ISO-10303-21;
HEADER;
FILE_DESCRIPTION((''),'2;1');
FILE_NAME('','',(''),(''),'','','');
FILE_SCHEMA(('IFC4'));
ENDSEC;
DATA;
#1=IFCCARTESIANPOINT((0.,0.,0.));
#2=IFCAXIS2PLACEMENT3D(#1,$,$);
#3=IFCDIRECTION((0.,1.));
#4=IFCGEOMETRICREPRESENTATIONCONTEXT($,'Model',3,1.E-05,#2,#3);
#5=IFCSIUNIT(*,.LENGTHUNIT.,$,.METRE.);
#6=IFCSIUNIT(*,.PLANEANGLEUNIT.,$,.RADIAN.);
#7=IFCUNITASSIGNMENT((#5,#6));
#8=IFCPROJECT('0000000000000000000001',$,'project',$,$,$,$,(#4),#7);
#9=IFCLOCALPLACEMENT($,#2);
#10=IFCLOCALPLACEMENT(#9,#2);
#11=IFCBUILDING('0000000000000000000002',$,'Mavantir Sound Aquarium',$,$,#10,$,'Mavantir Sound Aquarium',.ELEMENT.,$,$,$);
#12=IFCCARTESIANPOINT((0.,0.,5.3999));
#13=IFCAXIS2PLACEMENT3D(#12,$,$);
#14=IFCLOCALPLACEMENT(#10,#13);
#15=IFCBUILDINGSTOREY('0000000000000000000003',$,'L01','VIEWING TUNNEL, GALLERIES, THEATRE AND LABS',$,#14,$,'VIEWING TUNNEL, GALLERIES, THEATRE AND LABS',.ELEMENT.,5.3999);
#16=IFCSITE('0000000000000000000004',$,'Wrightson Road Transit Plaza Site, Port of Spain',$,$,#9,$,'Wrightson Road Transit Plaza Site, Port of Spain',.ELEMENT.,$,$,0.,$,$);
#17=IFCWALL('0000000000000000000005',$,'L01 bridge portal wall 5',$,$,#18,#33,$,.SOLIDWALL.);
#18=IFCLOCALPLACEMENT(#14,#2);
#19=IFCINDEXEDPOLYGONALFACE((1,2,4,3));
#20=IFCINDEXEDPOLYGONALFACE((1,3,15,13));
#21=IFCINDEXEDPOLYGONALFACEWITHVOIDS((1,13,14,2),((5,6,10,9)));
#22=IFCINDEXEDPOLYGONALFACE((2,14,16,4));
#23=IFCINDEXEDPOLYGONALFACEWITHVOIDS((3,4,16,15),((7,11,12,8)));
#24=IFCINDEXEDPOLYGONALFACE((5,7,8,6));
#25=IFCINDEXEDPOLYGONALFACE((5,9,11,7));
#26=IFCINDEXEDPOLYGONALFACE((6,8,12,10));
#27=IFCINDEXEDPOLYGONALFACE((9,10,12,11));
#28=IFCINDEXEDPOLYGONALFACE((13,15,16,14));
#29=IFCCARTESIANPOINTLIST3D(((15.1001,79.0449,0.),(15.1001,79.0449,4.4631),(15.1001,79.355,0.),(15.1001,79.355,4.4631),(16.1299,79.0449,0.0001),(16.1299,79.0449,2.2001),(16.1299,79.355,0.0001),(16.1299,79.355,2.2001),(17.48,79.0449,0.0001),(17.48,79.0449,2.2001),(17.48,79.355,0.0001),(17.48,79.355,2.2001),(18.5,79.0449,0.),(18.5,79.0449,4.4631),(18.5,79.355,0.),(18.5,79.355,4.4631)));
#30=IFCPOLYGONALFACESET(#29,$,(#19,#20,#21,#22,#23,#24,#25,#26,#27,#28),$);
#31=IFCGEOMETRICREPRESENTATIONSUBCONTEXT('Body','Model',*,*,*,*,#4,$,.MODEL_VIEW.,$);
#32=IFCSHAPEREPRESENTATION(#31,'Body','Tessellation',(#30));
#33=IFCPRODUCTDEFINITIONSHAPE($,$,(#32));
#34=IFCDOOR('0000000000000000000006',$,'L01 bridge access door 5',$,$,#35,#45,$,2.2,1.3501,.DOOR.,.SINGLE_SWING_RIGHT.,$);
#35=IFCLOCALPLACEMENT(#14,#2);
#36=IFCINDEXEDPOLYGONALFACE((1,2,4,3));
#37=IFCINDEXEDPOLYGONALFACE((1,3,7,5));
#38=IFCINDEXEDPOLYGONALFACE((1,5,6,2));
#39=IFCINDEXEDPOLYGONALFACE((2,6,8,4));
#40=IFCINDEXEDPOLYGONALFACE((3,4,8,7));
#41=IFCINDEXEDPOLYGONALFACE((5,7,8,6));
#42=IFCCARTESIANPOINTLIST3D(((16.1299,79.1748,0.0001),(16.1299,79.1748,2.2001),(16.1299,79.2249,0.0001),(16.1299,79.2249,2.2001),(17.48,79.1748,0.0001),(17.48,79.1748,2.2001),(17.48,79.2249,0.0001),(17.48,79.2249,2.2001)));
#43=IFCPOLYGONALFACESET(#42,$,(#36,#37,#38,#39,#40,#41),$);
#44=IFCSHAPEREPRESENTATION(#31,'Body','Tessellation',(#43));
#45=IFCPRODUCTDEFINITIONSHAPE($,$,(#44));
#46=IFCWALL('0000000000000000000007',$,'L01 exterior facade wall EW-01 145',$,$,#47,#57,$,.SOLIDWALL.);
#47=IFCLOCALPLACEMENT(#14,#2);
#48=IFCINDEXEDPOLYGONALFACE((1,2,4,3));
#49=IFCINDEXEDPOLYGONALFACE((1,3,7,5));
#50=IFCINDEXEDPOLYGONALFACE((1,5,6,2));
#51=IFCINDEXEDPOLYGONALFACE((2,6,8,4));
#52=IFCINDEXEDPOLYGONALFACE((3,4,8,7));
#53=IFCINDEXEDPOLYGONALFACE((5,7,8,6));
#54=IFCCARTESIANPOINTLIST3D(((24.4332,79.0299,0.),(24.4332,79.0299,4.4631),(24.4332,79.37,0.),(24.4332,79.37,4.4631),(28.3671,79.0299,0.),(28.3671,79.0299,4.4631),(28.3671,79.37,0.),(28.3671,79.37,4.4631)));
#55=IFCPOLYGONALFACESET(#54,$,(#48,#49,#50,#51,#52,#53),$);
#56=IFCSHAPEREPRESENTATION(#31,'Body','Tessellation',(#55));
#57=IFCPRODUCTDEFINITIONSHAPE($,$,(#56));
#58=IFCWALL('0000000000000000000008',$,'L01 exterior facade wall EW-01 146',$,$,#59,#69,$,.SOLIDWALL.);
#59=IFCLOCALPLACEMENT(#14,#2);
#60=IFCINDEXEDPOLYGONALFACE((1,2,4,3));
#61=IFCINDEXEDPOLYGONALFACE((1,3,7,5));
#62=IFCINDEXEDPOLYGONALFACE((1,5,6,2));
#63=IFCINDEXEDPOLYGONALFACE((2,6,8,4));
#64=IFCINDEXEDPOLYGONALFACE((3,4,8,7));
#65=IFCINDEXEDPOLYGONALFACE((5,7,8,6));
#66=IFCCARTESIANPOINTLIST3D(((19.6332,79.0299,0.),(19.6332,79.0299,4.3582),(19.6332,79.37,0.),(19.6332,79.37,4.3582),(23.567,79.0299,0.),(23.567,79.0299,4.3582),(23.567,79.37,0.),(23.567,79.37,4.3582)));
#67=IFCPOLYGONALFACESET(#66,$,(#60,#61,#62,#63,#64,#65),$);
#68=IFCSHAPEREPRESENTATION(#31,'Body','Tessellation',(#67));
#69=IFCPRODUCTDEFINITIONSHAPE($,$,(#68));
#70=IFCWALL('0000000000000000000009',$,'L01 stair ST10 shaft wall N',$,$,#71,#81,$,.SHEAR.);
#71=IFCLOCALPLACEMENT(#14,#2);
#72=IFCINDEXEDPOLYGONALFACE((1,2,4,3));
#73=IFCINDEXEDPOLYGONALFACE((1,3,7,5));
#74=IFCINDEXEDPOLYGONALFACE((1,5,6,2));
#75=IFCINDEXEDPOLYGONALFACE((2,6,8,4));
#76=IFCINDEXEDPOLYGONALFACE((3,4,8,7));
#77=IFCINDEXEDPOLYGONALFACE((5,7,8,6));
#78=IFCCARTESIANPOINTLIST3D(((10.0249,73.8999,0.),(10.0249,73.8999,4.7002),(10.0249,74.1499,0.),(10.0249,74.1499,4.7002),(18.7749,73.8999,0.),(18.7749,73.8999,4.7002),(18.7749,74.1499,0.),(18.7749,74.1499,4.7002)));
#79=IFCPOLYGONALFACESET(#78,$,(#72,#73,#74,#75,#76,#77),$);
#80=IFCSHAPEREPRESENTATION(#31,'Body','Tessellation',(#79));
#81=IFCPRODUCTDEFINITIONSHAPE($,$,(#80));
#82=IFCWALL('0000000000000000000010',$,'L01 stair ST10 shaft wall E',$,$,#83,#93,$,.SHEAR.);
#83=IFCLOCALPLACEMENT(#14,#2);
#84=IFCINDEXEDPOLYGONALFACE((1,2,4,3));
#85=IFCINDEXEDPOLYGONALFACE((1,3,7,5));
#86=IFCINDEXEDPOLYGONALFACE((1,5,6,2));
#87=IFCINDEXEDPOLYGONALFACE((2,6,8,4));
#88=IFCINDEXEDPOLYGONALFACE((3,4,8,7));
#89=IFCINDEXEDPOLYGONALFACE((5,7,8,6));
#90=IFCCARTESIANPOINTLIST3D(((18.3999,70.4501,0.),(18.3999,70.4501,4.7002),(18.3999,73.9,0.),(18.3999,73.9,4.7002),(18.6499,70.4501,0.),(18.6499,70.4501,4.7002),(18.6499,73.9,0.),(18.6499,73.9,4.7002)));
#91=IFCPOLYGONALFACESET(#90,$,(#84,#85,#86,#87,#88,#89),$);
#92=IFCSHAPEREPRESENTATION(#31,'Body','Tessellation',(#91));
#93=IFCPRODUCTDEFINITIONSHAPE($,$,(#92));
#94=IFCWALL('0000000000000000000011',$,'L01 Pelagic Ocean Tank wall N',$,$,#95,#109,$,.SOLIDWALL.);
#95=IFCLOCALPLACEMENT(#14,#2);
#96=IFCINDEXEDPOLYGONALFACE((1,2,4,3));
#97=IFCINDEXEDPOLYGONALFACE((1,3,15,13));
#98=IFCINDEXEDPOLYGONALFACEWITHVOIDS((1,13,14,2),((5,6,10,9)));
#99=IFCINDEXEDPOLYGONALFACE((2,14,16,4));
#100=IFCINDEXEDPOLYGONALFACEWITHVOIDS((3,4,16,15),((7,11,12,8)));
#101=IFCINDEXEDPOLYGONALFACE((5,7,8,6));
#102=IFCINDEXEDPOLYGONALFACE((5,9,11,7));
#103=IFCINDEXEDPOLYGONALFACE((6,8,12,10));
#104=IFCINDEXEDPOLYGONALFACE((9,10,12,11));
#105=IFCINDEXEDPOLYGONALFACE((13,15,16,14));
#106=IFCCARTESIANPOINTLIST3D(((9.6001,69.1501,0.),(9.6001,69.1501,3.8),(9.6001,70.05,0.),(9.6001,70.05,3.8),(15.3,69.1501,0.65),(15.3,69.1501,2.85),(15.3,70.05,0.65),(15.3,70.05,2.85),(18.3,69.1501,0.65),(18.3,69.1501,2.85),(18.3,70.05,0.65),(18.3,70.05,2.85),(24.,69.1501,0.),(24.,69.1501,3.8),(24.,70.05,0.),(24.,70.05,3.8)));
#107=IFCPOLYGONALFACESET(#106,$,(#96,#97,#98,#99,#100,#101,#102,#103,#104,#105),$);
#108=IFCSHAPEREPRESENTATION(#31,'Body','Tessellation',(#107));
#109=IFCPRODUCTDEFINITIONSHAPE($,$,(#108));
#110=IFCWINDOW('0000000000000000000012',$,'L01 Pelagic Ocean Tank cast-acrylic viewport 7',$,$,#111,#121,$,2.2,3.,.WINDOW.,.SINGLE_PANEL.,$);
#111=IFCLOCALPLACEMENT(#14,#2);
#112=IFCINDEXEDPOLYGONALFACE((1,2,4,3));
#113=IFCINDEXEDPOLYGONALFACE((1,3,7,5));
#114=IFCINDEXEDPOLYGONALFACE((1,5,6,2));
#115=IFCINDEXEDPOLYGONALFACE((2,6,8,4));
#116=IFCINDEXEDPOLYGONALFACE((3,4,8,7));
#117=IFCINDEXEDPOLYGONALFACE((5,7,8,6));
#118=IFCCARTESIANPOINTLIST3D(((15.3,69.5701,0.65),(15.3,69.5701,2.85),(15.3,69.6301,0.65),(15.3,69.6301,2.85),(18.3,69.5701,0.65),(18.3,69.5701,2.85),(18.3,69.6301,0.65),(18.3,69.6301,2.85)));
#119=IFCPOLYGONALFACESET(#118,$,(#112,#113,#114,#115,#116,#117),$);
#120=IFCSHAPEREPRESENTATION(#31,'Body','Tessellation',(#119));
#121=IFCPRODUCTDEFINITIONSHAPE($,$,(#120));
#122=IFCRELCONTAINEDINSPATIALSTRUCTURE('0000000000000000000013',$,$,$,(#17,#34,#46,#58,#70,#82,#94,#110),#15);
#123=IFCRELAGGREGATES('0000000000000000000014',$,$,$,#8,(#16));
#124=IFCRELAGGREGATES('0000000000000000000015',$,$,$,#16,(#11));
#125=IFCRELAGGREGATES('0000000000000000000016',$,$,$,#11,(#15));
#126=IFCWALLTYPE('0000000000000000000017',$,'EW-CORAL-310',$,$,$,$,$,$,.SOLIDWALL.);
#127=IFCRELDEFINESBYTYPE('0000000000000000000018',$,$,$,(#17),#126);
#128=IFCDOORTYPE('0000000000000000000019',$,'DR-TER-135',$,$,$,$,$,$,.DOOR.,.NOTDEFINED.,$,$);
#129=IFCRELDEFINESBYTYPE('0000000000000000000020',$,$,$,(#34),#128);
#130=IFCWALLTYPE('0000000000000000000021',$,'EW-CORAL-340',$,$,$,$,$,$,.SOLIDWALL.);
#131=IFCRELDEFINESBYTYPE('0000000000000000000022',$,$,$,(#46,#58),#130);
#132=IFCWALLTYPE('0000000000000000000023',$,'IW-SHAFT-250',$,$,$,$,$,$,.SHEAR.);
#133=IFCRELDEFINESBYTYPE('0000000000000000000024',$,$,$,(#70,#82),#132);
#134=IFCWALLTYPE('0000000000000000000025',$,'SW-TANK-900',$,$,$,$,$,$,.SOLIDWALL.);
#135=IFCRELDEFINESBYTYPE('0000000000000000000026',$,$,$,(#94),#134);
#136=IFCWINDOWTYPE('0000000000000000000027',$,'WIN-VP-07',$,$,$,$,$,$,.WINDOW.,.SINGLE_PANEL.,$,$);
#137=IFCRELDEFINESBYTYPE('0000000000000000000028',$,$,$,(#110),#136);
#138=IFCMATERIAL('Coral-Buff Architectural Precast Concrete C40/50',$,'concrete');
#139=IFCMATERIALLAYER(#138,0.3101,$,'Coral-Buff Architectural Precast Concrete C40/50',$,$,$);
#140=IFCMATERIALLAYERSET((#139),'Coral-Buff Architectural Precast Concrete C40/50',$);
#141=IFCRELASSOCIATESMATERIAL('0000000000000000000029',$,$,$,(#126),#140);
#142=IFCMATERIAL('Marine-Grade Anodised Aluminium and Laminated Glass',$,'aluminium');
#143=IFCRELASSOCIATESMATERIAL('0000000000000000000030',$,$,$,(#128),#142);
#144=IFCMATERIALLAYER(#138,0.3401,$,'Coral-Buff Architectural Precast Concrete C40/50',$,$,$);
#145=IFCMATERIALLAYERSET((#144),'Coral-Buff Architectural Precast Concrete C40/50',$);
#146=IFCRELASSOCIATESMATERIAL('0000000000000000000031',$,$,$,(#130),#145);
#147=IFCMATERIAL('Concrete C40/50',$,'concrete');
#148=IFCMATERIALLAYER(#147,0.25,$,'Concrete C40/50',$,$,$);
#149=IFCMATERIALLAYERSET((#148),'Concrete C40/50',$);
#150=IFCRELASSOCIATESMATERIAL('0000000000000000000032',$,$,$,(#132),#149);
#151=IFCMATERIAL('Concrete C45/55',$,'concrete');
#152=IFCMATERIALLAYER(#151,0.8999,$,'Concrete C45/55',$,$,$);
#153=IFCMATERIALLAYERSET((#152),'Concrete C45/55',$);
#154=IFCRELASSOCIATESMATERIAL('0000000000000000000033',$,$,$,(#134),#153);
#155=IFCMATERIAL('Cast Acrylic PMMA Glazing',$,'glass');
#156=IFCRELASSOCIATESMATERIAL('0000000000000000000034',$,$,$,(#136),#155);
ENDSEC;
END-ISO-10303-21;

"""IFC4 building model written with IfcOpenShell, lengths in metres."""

from ifc_helpers import new_model, si_unit, direction, frame, frame_2d, origin, place, context, subcontext, project, spatial, rectangle, extrude, material, layer, layer_set, type_object, element, fill, save


model = new_model("IFC4")

# Units and contexts
model_context = context("Model", 3, precision=1e-05, world=origin(), true_north=direction((0.0, 1.0)))
body_context = subcontext(model_context, "Body", "Model", "MODEL_VIEW")
ifc_project = project(units=[si_unit("LENGTHUNIT", "METRE"), si_unit("PLANEANGLEUNIT", "RADIAN")], contexts=[model_context])

# Site, building, storey
site_placement = place(None, origin())
site = spatial("IfcSite", under=ifc_project, at=site_placement, Name="Wrightson Road Transit Plaza Site, Port of Spain", LongName="Wrightson Road Transit Plaza Site, Port of Spain", CompositionType="ELEMENT", RefElevation=0.0)
building_placement = place(site_placement, origin())
building = spatial("IfcBuilding", under=site, at=building_placement, Name="Mavantir Sound Aquarium", LongName="Mavantir Sound Aquarium", CompositionType="ELEMENT")
storey_placement = place(building_placement, frame((0.0, 0.0, 5.3999)))
storey = spatial("IfcBuildingStorey", under=building, at=storey_placement, Name="L01", Description="VIEWING TUNNEL, GALLERIES, THEATRE AND LABS", LongName="VIEWING TUNNEL, GALLERIES, THEATRE AND LABS", CompositionType="ELEMENT", Elevation=5.3999)

# Shared definitions
ifc_material_1 = material(Name="Concrete C40/50", Category="concrete")

# Wall, opening, door
ifc_material_2 = material(Name="Coral-Buff Architectural Precast Concrete C40/50", Category="concrete")
ifc_layer_1 = layer(ifc_material_2, 0.3101, Name="Coral-Buff Architectural Precast Concrete C40/50")
ifc_layer_set_1 = layer_set([ifc_layer_1], Name="Coral-Buff Architectural Precast Concrete C40/50")
wall_type_1 = type_object("IfcWallType", Name="EW-CORAL-310", PredefinedType="SOLIDWALL", material=ifc_layer_set_1)
wall_1_placement = place(storey_placement, frame((18.5, 79.2, 0.0), z_axis=(0.0, 0.0, 1.0), x_axis=(-1.0, 0.0, 0.0)))
wall_1 = element("IfcWall", 1, at=wall_1_placement, inside=storey, type_object=wall_type_1, Name="L01 bridge portal wall 5", PredefinedType="SOLIDWALL", context=body_context, shape_type="SweptSolid", body=[
    extrude(rectangle(XDim=3.3999, YDim=0.3101, at=frame_2d((1.7, 0.0))), origin(), (0.0, 0.0, 1.0), 4.4631),
])
opening_1_placement = place(wall_1_placement, frame((2.3701, 0.0, 0.0), z_axis=(0.0, 0.0, 1.0), x_axis=(-1.0, 0.0, 0.0)))
opening_1 = element("IfcOpeningElement", 2, at=opening_1_placement, cuts=wall_1, PredefinedType="OPENING", context=body_context, shape_type="SweptSolid", body=[
    extrude(rectangle(XDim=1.3501, YDim=2.2, at=frame_2d((0.675, 1.1001))), frame((0.0, 0.165, 0.0), z_axis=(0.0, -1.0, 0.0), x_axis=(1.0, 0.0, 0.0)), (0.0, 0.0, 1.0), 0.3301),
])
ifc_material_3 = material(Name="Marine-Grade Anodised Aluminium and Laminated Glass", Category="aluminium")
door_type = type_object("IfcDoorType", Name="DR-TER-135", OperationType="NOTDEFINED", PredefinedType="DOOR", material=ifc_material_3)
door_placement = place(opening_1_placement, origin())
door = element("IfcDoor", 3, at=door_placement, inside=storey, type_object=door_type, Name="L01 bridge access door 5", OperationType="SINGLE_SWING_RIGHT", OverallHeight=2.2, OverallWidth=1.3501, PredefinedType="DOOR", context=body_context, shape_type="SweptSolid", body=[
    extrude(rectangle(XDim=1.3501, YDim=2.2, at=frame_2d((0.675, 1.1001))), frame((0.0, 0.0249, 0.0), z_axis=(0.0, -1.0, 0.0), x_axis=(1.0, 0.0, 0.0)), (0.0, 0.0, 1.0), 0.05),
])
fill(opening_1, door)

# Walls
ifc_layer_2 = layer(ifc_material_2, 0.3401, Name="Coral-Buff Architectural Precast Concrete C40/50")
ifc_layer_set_2 = layer_set([ifc_layer_2], Name="Coral-Buff Architectural Precast Concrete C40/50")
wall_type_2 = type_object("IfcWallType", Name="EW-CORAL-340", PredefinedType="SOLIDWALL", material=ifc_layer_set_2)
wall_2_placement = place(storey_placement, frame((28.3669, 79.2, 0.0), z_axis=(0.0, 0.0, 1.0), x_axis=(-1.0, 0.0, 0.0)))
element("IfcWall", 4, at=wall_2_placement, inside=storey, type_object=wall_type_2, Name="L01 exterior facade wall EW-01 145", PredefinedType="SOLIDWALL", context=body_context, shape_type="SweptSolid", body=[
    extrude(rectangle(XDim=3.9338, YDim=0.3401, at=frame_2d((1.9668, 0.0))), origin(), (0.0, 0.0, 1.0), 4.4631),
])
wall_3_placement = place(storey_placement, frame((23.5669, 79.2, 0.0), z_axis=(0.0, 0.0, 1.0), x_axis=(-1.0, 0.0, 0.0)))
element("IfcWall", 5, at=wall_3_placement, inside=storey, type_object=wall_type_2, Name="L01 exterior facade wall EW-01 146", PredefinedType="SOLIDWALL", context=body_context, shape_type="SweptSolid", body=[
    extrude(rectangle(XDim=3.9338, YDim=0.3401, at=frame_2d((1.9668, 0.0))), origin(), (0.0, 0.0, 1.0), 4.3582),
])
ifc_layer_3 = layer(ifc_material_1, 0.25, Name="Concrete C40/50")
ifc_layer_set_3 = layer_set([ifc_layer_3], Name="Concrete C40/50")
wall_type_3 = type_object("IfcWallType", Name="IW-SHAFT-250", PredefinedType="SHEAR", material=ifc_layer_set_3)
wall_4_placement = place(storey_placement, frame((18.7749, 74.0249, 0.0), z_axis=(0.0, 0.0, 1.0), x_axis=(-1.0, 0.0, 0.0)))
element("IfcWall", 6, at=wall_4_placement, inside=storey, type_object=wall_type_3, Name="L01 stair ST10 shaft wall N", PredefinedType="SHEAR", context=body_context, shape_type="SweptSolid", body=[
    extrude(rectangle(XDim=8.75, YDim=0.25, at=frame_2d((4.375, 0.0))), origin(), (0.0, 0.0, 1.0), 4.7002),
])
wall_5_placement = place(storey_placement, frame((18.5249, 70.45, 0.0), z_axis=(0.0, 0.0, 1.0), x_axis=(0.0, 1.0, 0.0)))
element("IfcWall", 7, at=wall_5_placement, inside=storey, type_object=wall_type_3, Name="L01 stair ST10 shaft wall E", PredefinedType="SHEAR", context=body_context, shape_type="SweptSolid", body=[
    extrude(rectangle(XDim=3.45, YDim=0.25, at=frame_2d((1.7251, 0.0))), origin(), (0.0, 0.0, 1.0), 4.7002),
])

# Wall, opening, window
ifc_material_4 = material(Name="Concrete C45/55", Category="concrete")
ifc_layer_4 = layer(ifc_material_4, 0.8999, Name="Concrete C45/55")
ifc_layer_set_4 = layer_set([ifc_layer_4], Name="Concrete C45/55")
wall_type_4 = type_object("IfcWallType", Name="SW-TANK-900", PredefinedType="SOLIDWALL", material=ifc_layer_set_4)
wall_6_placement = place(storey_placement, frame((24.0, 69.6001, 0.0), z_axis=(0.0, 0.0, 1.0), x_axis=(-1.0, 0.0, 0.0)))
wall_6 = element("IfcWall", 8, at=wall_6_placement, inside=storey, type_object=wall_type_4, Name="L01 Pelagic Ocean Tank wall N", PredefinedType="SOLIDWALL", context=body_context, shape_type="SweptSolid", body=[
    extrude(rectangle(XDim=14.3999, YDim=0.8999, at=frame_2d((7.2, 0.0))), origin(), (0.0, 0.0, 1.0), 3.8),
])
opening_2_placement = place(wall_6_placement, frame((5.7, 0.0, 0.6499)))
opening_2 = element("IfcOpeningElement", 9, at=opening_2_placement, cuts=wall_6, PredefinedType="OPENING", context=body_context, shape_type="SweptSolid", body=[
    extrude(rectangle(XDim=3.0, YDim=2.2, at=frame_2d((1.5, 1.1001))), frame((0.0, 0.46, 0.0), z_axis=(0.0, -1.0, 0.0), x_axis=(1.0, 0.0, 0.0)), (0.0, 0.0, 1.0), 0.9199),
])
ifc_material_5 = material(Name="Cast Acrylic PMMA Glazing", Category="glass")
window_type = type_object("IfcWindowType", Name="WIN-VP-07", PartitioningType="SINGLE_PANEL", PredefinedType="WINDOW", material=ifc_material_5)
window_placement = place(opening_2_placement, origin())
window = element("IfcWindow", 10, at=window_placement, inside=storey, type_object=window_type, Name="L01 Pelagic Ocean Tank cast-acrylic viewport 7", OverallHeight=2.2, OverallWidth=3.0, PartitioningType="SINGLE_PANEL", PredefinedType="WINDOW", context=body_context, shape_type="SweptSolid", body=[
    extrude(rectangle(XDim=3.0, YDim=2.2, at=frame_2d((1.5, 1.1001))), frame((0.0, 0.03, 0.0), z_axis=(0.0, -1.0, 0.0), x_axis=(1.0, 0.0, 0.0)), (0.0, 0.0, 1.0), 0.0601),
])
fill(opening_2, window)

save(model, "model.ifc")
